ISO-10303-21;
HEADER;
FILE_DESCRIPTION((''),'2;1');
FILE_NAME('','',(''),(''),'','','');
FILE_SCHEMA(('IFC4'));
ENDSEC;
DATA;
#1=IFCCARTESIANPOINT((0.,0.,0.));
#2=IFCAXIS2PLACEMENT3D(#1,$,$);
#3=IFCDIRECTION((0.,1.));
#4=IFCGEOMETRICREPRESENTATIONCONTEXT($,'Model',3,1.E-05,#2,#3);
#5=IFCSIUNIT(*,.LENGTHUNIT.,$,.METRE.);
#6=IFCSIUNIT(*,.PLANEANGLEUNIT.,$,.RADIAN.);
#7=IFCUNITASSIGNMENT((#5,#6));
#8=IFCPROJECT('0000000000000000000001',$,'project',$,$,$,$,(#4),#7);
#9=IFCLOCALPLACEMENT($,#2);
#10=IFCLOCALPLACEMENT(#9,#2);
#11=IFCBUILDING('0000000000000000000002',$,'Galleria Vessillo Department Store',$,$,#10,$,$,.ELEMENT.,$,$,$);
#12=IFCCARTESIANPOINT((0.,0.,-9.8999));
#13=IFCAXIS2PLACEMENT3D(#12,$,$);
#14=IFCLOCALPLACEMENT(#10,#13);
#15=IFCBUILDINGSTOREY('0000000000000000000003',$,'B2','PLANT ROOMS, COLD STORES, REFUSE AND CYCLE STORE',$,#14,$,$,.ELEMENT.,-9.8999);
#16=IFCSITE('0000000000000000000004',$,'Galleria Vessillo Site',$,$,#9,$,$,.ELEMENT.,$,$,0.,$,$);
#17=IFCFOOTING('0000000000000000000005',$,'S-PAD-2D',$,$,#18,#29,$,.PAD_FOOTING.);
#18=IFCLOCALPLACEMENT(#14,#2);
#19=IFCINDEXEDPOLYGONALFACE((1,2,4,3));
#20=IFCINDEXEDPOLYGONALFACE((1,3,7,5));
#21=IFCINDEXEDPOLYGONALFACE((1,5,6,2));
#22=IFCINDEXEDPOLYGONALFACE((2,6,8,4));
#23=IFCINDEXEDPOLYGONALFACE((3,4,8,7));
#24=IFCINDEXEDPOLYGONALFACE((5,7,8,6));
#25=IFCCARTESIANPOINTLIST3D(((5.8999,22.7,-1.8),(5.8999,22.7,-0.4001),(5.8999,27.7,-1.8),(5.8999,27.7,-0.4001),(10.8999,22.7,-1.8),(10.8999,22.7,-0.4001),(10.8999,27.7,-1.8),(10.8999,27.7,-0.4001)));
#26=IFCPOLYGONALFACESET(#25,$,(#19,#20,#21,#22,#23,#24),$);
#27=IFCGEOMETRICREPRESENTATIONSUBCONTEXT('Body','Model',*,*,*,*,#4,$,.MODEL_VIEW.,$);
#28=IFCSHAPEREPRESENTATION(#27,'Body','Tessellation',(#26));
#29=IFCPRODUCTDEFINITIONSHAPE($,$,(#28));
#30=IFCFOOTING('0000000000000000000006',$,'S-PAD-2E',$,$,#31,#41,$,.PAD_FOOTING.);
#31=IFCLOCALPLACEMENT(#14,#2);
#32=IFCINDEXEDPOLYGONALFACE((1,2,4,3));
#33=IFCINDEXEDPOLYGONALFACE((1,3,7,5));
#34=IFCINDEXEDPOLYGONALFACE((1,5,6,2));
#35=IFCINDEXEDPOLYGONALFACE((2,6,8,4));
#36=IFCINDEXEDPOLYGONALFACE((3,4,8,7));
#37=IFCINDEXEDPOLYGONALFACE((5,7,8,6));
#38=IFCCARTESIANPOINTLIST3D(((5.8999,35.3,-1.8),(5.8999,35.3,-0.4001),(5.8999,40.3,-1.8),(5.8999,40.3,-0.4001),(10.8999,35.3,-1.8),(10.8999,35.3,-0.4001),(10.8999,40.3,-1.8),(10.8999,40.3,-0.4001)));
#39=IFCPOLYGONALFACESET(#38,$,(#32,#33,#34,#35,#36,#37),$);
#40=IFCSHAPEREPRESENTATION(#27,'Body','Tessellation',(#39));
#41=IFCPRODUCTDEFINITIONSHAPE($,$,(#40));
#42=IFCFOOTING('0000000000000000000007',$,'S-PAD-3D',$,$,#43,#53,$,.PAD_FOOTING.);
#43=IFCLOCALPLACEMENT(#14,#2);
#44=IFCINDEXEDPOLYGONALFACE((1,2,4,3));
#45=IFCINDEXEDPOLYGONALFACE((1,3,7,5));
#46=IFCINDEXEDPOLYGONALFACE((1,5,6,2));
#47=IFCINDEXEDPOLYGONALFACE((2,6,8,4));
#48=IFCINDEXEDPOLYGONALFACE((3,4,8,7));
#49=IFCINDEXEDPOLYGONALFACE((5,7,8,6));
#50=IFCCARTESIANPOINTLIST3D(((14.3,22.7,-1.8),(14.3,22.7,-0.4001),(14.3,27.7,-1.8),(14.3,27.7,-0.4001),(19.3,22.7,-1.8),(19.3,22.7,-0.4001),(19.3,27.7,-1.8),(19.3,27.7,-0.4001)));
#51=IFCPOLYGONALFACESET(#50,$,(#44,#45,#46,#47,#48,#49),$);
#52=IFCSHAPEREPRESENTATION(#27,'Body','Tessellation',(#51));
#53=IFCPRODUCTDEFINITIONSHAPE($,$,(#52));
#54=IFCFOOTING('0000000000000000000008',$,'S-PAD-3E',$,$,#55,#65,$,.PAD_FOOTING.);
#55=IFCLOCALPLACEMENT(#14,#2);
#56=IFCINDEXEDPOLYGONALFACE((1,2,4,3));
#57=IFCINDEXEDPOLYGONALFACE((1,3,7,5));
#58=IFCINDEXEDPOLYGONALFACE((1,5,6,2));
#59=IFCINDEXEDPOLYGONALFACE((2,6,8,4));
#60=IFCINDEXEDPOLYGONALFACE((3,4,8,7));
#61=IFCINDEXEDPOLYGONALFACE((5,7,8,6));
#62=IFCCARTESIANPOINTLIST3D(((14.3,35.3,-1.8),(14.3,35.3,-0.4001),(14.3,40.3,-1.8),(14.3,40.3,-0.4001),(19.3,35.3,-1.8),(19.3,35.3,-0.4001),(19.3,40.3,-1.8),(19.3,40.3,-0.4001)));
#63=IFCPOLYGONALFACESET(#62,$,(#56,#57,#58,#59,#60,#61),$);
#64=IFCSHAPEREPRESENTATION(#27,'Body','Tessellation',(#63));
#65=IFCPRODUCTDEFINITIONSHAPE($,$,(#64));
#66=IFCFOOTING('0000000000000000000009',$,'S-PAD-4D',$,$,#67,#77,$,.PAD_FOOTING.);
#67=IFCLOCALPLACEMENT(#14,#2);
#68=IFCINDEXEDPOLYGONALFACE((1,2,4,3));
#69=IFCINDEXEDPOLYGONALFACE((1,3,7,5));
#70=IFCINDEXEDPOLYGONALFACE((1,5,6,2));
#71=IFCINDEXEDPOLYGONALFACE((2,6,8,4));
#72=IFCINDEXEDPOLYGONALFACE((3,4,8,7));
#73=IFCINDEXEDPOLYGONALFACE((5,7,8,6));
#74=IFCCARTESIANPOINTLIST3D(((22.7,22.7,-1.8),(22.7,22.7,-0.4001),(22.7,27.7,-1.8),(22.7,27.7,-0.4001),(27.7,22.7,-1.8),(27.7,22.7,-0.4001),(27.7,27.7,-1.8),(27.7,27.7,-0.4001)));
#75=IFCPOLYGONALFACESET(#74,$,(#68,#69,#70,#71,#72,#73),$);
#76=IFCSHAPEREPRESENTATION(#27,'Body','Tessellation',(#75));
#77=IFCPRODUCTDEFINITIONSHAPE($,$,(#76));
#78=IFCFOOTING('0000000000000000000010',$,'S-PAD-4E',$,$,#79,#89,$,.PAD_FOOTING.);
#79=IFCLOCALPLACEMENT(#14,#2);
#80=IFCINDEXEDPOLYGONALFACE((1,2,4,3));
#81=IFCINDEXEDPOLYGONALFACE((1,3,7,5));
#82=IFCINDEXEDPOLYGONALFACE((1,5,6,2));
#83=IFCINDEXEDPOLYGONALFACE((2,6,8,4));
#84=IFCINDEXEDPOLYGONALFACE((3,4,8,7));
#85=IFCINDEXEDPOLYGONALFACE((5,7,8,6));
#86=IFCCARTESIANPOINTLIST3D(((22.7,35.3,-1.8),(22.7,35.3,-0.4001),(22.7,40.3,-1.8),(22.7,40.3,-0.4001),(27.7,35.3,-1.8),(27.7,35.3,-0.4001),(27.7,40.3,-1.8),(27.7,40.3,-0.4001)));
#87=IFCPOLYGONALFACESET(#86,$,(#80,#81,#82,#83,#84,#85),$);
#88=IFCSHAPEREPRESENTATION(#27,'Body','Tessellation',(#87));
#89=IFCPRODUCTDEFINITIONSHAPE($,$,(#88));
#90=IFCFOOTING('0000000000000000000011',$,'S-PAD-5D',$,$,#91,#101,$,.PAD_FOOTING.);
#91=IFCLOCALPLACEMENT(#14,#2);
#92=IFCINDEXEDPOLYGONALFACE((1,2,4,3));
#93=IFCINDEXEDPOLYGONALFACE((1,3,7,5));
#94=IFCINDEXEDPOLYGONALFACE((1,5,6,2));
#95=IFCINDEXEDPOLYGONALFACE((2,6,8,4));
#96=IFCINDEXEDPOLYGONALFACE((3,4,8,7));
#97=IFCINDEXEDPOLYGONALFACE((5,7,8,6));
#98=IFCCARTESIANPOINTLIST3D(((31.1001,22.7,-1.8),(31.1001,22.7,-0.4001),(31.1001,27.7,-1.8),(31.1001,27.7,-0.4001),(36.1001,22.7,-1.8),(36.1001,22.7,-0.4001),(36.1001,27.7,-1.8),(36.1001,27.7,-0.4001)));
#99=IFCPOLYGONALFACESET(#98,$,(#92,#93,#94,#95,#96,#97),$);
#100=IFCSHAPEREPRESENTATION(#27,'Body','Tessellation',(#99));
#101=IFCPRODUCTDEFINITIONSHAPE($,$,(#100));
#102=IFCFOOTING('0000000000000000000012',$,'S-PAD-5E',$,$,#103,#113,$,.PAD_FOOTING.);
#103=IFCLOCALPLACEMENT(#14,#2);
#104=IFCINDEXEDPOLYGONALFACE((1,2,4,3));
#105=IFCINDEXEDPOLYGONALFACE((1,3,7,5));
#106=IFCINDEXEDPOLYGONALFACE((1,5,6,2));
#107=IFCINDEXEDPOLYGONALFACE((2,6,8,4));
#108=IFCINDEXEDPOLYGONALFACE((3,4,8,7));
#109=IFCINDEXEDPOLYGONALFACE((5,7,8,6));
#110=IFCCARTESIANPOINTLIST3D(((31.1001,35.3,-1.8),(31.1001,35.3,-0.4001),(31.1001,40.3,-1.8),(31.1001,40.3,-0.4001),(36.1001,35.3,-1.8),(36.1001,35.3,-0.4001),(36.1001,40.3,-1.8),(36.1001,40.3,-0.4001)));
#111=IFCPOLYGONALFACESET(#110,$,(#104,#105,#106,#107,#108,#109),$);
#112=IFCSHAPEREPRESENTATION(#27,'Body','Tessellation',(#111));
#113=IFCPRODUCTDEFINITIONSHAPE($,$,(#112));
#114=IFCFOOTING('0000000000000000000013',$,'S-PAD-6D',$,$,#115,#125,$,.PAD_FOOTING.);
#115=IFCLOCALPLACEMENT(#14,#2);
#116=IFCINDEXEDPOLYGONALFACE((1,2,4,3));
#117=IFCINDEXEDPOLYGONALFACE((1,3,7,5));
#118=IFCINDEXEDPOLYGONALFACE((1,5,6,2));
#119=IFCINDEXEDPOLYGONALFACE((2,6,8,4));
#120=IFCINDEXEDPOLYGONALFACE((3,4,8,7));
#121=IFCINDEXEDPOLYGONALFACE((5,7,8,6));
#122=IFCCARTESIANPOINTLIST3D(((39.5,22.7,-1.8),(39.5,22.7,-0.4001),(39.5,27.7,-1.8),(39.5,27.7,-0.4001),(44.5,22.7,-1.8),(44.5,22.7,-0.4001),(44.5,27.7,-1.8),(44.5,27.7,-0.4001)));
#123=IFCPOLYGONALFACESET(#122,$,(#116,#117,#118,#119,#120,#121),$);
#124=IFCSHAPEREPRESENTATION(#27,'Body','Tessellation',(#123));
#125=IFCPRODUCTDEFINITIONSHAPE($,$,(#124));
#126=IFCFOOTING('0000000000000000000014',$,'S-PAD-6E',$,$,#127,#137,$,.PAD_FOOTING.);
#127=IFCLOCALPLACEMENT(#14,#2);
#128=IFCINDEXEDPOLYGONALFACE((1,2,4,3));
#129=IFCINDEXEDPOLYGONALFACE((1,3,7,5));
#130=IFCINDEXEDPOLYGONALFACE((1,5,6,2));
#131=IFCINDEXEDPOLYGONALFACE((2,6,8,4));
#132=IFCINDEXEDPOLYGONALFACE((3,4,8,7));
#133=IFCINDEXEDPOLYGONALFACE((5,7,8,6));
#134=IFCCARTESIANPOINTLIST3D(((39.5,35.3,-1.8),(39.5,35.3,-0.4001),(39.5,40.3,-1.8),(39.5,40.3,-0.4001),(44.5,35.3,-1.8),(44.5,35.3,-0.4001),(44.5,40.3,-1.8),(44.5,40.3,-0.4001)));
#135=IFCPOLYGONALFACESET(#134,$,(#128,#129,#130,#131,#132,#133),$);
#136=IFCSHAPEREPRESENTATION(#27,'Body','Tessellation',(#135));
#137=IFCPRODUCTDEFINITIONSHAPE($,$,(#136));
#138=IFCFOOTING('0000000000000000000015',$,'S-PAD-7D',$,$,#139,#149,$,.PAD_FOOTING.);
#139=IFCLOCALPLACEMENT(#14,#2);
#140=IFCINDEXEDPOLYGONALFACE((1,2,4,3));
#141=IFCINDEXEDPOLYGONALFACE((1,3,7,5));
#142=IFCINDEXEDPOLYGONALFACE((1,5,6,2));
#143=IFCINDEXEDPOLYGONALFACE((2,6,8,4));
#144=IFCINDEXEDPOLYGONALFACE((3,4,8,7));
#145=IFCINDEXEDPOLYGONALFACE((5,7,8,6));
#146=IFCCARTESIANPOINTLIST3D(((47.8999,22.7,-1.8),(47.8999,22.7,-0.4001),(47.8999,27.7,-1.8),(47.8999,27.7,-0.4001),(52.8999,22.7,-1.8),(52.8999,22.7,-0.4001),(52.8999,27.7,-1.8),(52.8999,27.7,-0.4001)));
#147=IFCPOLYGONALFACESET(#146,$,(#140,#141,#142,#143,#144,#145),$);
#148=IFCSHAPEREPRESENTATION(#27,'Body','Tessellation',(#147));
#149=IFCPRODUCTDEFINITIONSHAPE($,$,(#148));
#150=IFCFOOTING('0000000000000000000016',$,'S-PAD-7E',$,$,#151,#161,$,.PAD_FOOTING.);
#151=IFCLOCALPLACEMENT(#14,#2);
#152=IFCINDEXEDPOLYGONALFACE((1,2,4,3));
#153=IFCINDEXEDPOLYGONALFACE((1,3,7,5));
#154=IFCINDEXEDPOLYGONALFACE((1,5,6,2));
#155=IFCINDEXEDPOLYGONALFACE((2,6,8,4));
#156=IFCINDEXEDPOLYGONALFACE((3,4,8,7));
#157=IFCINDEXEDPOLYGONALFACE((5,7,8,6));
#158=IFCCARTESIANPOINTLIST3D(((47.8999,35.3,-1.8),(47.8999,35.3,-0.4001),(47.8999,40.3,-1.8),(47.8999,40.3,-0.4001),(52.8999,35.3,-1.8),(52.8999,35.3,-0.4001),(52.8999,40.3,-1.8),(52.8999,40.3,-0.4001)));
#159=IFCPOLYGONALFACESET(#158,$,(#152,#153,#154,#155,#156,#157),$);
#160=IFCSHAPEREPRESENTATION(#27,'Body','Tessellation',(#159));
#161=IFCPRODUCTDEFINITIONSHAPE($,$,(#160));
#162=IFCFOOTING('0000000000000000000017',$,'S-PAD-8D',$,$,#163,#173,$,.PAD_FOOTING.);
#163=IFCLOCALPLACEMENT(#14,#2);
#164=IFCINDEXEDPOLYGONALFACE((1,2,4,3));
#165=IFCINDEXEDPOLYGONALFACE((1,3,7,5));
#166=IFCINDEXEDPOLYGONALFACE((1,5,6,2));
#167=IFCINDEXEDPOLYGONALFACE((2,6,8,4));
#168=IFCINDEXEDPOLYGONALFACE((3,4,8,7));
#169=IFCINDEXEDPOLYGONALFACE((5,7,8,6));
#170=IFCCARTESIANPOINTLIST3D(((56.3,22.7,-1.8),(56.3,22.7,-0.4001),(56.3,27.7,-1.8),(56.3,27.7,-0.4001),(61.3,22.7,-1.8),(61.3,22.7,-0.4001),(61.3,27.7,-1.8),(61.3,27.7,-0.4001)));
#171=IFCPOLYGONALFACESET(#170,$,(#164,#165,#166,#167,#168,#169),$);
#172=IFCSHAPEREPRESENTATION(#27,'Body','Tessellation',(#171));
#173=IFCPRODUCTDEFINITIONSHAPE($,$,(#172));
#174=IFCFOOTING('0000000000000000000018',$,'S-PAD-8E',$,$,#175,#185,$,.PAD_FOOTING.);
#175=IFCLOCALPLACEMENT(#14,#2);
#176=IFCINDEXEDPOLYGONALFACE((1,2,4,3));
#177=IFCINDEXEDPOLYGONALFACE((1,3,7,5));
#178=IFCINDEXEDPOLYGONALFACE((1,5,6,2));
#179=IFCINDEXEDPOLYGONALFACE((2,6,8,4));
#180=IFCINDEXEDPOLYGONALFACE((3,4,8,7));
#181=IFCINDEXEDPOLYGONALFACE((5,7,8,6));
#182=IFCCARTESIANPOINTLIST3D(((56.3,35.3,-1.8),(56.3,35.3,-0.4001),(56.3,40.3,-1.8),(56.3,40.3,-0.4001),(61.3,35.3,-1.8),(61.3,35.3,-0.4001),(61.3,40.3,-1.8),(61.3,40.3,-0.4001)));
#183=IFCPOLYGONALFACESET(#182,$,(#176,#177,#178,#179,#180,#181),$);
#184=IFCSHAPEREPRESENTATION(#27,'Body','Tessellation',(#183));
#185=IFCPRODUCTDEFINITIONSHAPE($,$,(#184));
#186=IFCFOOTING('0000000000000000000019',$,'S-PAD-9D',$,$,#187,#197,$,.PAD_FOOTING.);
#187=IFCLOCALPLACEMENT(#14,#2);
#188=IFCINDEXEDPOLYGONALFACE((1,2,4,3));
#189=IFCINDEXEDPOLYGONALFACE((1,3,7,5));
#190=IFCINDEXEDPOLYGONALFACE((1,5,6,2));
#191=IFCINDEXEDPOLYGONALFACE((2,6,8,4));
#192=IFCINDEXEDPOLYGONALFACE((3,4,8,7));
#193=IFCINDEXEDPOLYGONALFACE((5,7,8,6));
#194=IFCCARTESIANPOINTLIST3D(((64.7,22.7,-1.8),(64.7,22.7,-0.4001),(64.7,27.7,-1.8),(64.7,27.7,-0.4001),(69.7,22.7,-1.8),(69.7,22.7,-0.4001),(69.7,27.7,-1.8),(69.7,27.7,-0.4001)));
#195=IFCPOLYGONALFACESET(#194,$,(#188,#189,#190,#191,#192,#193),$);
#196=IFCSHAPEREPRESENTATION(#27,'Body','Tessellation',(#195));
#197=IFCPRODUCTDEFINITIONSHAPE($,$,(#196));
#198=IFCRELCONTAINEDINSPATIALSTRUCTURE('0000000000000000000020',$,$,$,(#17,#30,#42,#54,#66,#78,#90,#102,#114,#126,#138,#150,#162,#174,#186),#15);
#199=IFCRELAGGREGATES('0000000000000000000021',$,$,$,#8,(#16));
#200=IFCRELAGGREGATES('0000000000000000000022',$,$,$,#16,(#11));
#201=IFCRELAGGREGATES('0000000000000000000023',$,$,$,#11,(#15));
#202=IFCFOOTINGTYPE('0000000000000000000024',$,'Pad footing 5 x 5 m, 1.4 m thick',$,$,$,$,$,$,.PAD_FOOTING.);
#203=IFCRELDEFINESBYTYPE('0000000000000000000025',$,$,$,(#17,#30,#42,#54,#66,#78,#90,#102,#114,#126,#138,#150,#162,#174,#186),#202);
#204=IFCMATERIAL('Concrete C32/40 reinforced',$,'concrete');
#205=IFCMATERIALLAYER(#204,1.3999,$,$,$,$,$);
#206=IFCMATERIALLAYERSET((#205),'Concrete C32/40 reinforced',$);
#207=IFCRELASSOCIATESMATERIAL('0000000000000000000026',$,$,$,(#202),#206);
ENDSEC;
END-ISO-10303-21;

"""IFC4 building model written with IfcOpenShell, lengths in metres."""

from ifc_helpers import new_model, si_unit, direction, frame, origin, place, context, subcontext, project, spatial, polyline, outline, extrude, material, layer, layer_set, type_object, element, save


model = new_model("IFC4")

# Units and contexts
model_context = context("Model", 3, precision=1e-05, world=origin(), true_north=direction((0.0, 1.0)))
body_context = subcontext(model_context, "Body", "Model", "MODEL_VIEW")
ifc_project = project(units=[si_unit("LENGTHUNIT", "METRE"), si_unit("PLANEANGLEUNIT", "RADIAN")], contexts=[model_context])

# Site, building, storey
site_placement = place(None, origin())
site = spatial("IfcSite", under=ifc_project, at=site_placement, Name="Galleria Vessillo Site", CompositionType="ELEMENT", RefElevation=0.0)
building_placement = place(site_placement, origin())
building = spatial("IfcBuilding", under=site, at=building_placement, Name="Galleria Vessillo Department Store", CompositionType="ELEMENT")
storey_placement = place(building_placement, frame((0.0, 0.0, -9.8999)))
storey = spatial("IfcBuildingStorey", under=building, at=storey_placement, Name="B2", Description="PLANT ROOMS, COLD STORES, REFUSE AND CYCLE STORE", CompositionType="ELEMENT", Elevation=-9.8999)

# Footings
ifc_material_1 = material(Name="Concrete C32/40 reinforced", Category="concrete")
ifc_layer_1 = layer(ifc_material_1, 1.3999)
ifc_layer_set_1 = layer_set([ifc_layer_1], Name="Concrete C32/40 reinforced")
footing_type_1 = type_object("IfcFootingType", Name="Pad footing 5 x 5 m, 1.4 m thick", PredefinedType="PAD_FOOTING", material=ifc_layer_set_1)
footing_1_placement = place(storey_placement, frame((0.0, 0.0, -1.8)))
element("IfcFooting", 1, at=footing_1_placement, inside=storey, type_object=footing_type_1, Name="S-PAD-2D", PredefinedType="PAD_FOOTING", context=body_context, shape_type="SweptSolid", body=[
    extrude(outline(polyline([(5.8999, 22.7), (10.8999, 22.7), (10.8999, 27.7), (5.8999, 27.7), (5.8999, 22.7)])), origin(), (0.0, 0.0, 1.0), 1.3999),
])
footing_2_placement = place(storey_placement, frame((0.0, 0.0, -1.8)))
element("IfcFooting", 2, at=footing_2_placement, inside=storey, type_object=footing_type_1, Name="S-PAD-2E", PredefinedType="PAD_FOOTING", context=body_context, shape_type="SweptSolid", body=[
    extrude(outline(polyline([(5.8999, 35.3), (10.8999, 35.3), (10.8999, 40.3), (5.8999, 40.3), (5.8999, 35.3)])), origin(), (0.0, 0.0, 1.0), 1.3999),
])
footing_3_placement = place(storey_placement, frame((0.0, 0.0, -1.8)))
element("IfcFooting", 3, at=footing_3_placement, inside=storey, type_object=footing_type_1, Name="S-PAD-3D", PredefinedType="PAD_FOOTING", context=body_context, shape_type="SweptSolid", body=[
    extrude(outline(polyline([(14.3, 22.7), (19.3, 22.7), (19.3, 27.7), (14.3, 27.7), (14.3, 22.7)])), origin(), (0.0, 0.0, 1.0), 1.3999),
])
footing_4_placement = place(storey_placement, frame((0.0, 0.0, -1.8)))
element("IfcFooting", 4, at=footing_4_placement, inside=storey, type_object=footing_type_1, Name="S-PAD-3E", PredefinedType="PAD_FOOTING", context=body_context, shape_type="SweptSolid", body=[
    extrude(outline(polyline([(14.3, 35.3), (19.3, 35.3), (19.3, 40.3), (14.3, 40.3), (14.3, 35.3)])), origin(), (0.0, 0.0, 1.0), 1.3999),
])
footing_5_placement = place(storey_placement, frame((0.0, 0.0, -1.8)))
element("IfcFooting", 5, at=footing_5_placement, inside=storey, type_object=footing_type_1, Name="S-PAD-4D", PredefinedType="PAD_FOOTING", context=body_context, shape_type="SweptSolid", body=[
    extrude(outline(polyline([(22.7, 22.7), (27.7, 22.7), (27.7, 27.7), (22.7, 27.7), (22.7, 22.7)])), origin(), (0.0, 0.0, 1.0), 1.3999),
])
footing_6_placement = place(storey_placement, frame((0.0, 0.0, -1.8)))
element("IfcFooting", 6, at=footing_6_placement, inside=storey, type_object=footing_type_1, Name="S-PAD-4E", PredefinedType="PAD_FOOTING", context=body_context, shape_type="SweptSolid", body=[
    extrude(outline(polyline([(22.7, 35.3), (27.7, 35.3), (27.7, 40.3), (22.7, 40.3), (22.7, 35.3)])), origin(), (0.0, 0.0, 1.0), 1.3999),
])
footing_7_placement = place(storey_placement, frame((0.0, 0.0, -1.8)))
element("IfcFooting", 7, at=footing_7_placement, inside=storey, type_object=footing_type_1, Name="S-PAD-5D", PredefinedType="PAD_FOOTING", context=body_context, shape_type="SweptSolid", body=[
    extrude(outline(polyline([(31.1001, 22.7), (36.1001, 22.7), (36.1001, 27.7), (31.1001, 27.7), (31.1001, 22.7)])), origin(), (0.0, 0.0, 1.0), 1.3999),
])
footing_8_placement = place(storey_placement, frame((0.0, 0.0, -1.8)))
element("IfcFooting", 8, at=footing_8_placement, inside=storey, type_object=footing_type_1, Name="S-PAD-5E", PredefinedType="PAD_FOOTING", context=body_context, shape_type="SweptSolid", body=[
    extrude(outline(polyline([(31.1001, 35.3), (36.1001, 35.3), (36.1001, 40.3), (31.1001, 40.3), (31.1001, 35.3)])), origin(), (0.0, 0.0, 1.0), 1.3999),
])
footing_9_placement = place(storey_placement, frame((0.0, 0.0, -1.8)))
element("IfcFooting", 9, at=footing_9_placement, inside=storey, type_object=footing_type_1, Name="S-PAD-6D", PredefinedType="PAD_FOOTING", context=body_context, shape_type="SweptSolid", body=[
    extrude(outline(polyline([(39.5, 22.7), (44.5, 22.7), (44.5, 27.7), (39.5, 27.7), (39.5, 22.7)])), origin(), (0.0, 0.0, 1.0), 1.3999),
])
footing_10_placement = place(storey_placement, frame((0.0, 0.0, -1.8)))
element("IfcFooting", 10, at=footing_10_placement, inside=storey, type_object=footing_type_1, Name="S-PAD-6E", PredefinedType="PAD_FOOTING", context=body_context, shape_type="SweptSolid", body=[
    extrude(outline(polyline([(39.5, 35.3), (44.5, 35.3), (44.5, 40.3), (39.5, 40.3), (39.5, 35.3)])), origin(), (0.0, 0.0, 1.0), 1.3999),
])
footing_11_placement = place(storey_placement, frame((0.0, 0.0, -1.8)))
element("IfcFooting", 11, at=footing_11_placement, inside=storey, type_object=footing_type_1, Name="S-PAD-7D", PredefinedType="PAD_FOOTING", context=body_context, shape_type="SweptSolid", body=[
    extrude(outline(polyline([(47.8999, 22.7), (52.8999, 22.7), (52.8999, 27.7), (47.8999, 27.7), (47.8999, 22.7)])), origin(), (0.0, 0.0, 1.0), 1.3999),
])
footing_12_placement = place(storey_placement, frame((0.0, 0.0, -1.8)))
element("IfcFooting", 12, at=footing_12_placement, inside=storey, type_object=footing_type_1, Name="S-PAD-7E", PredefinedType="PAD_FOOTING", context=body_context, shape_type="SweptSolid", body=[
    extrude(outline(polyline([(47.8999, 35.3), (52.8999, 35.3), (52.8999, 40.3), (47.8999, 40.3), (47.8999, 35.3)])), origin(), (0.0, 0.0, 1.0), 1.3999),
])
footing_13_placement = place(storey_placement, frame((0.0, 0.0, -1.8)))
element("IfcFooting", 13, at=footing_13_placement, inside=storey, type_object=footing_type_1, Name="S-PAD-8D", PredefinedType="PAD_FOOTING", context=body_context, shape_type="SweptSolid", body=[
    extrude(outline(polyline([(56.3, 22.7), (61.3, 22.7), (61.3, 27.7), (56.3, 27.7), (56.3, 22.7)])), origin(), (0.0, 0.0, 1.0), 1.3999),
])
footing_14_placement = place(storey_placement, frame((0.0, 0.0, -1.8)))
element("IfcFooting", 14, at=footing_14_placement, inside=storey, type_object=footing_type_1, Name="S-PAD-8E", PredefinedType="PAD_FOOTING", context=body_context, shape_type="SweptSolid", body=[
    extrude(outline(polyline([(56.3, 35.3), (61.3, 35.3), (61.3, 40.3), (56.3, 40.3), (56.3, 35.3)])), origin(), (0.0, 0.0, 1.0), 1.3999),
])
footing_15_placement = place(storey_placement, frame((0.0, 0.0, -1.8)))
element("IfcFooting", 15, at=footing_15_placement, inside=storey, type_object=footing_type_1, Name="S-PAD-9D", PredefinedType="PAD_FOOTING", context=body_context, shape_type="SweptSolid", body=[
    extrude(outline(polyline([(64.7, 22.7), (69.7, 22.7), (69.7, 27.7), (64.7, 27.7), (64.7, 22.7)])), origin(), (0.0, 0.0, 1.0), 1.3999),
])

save(model, "model.ifc")
